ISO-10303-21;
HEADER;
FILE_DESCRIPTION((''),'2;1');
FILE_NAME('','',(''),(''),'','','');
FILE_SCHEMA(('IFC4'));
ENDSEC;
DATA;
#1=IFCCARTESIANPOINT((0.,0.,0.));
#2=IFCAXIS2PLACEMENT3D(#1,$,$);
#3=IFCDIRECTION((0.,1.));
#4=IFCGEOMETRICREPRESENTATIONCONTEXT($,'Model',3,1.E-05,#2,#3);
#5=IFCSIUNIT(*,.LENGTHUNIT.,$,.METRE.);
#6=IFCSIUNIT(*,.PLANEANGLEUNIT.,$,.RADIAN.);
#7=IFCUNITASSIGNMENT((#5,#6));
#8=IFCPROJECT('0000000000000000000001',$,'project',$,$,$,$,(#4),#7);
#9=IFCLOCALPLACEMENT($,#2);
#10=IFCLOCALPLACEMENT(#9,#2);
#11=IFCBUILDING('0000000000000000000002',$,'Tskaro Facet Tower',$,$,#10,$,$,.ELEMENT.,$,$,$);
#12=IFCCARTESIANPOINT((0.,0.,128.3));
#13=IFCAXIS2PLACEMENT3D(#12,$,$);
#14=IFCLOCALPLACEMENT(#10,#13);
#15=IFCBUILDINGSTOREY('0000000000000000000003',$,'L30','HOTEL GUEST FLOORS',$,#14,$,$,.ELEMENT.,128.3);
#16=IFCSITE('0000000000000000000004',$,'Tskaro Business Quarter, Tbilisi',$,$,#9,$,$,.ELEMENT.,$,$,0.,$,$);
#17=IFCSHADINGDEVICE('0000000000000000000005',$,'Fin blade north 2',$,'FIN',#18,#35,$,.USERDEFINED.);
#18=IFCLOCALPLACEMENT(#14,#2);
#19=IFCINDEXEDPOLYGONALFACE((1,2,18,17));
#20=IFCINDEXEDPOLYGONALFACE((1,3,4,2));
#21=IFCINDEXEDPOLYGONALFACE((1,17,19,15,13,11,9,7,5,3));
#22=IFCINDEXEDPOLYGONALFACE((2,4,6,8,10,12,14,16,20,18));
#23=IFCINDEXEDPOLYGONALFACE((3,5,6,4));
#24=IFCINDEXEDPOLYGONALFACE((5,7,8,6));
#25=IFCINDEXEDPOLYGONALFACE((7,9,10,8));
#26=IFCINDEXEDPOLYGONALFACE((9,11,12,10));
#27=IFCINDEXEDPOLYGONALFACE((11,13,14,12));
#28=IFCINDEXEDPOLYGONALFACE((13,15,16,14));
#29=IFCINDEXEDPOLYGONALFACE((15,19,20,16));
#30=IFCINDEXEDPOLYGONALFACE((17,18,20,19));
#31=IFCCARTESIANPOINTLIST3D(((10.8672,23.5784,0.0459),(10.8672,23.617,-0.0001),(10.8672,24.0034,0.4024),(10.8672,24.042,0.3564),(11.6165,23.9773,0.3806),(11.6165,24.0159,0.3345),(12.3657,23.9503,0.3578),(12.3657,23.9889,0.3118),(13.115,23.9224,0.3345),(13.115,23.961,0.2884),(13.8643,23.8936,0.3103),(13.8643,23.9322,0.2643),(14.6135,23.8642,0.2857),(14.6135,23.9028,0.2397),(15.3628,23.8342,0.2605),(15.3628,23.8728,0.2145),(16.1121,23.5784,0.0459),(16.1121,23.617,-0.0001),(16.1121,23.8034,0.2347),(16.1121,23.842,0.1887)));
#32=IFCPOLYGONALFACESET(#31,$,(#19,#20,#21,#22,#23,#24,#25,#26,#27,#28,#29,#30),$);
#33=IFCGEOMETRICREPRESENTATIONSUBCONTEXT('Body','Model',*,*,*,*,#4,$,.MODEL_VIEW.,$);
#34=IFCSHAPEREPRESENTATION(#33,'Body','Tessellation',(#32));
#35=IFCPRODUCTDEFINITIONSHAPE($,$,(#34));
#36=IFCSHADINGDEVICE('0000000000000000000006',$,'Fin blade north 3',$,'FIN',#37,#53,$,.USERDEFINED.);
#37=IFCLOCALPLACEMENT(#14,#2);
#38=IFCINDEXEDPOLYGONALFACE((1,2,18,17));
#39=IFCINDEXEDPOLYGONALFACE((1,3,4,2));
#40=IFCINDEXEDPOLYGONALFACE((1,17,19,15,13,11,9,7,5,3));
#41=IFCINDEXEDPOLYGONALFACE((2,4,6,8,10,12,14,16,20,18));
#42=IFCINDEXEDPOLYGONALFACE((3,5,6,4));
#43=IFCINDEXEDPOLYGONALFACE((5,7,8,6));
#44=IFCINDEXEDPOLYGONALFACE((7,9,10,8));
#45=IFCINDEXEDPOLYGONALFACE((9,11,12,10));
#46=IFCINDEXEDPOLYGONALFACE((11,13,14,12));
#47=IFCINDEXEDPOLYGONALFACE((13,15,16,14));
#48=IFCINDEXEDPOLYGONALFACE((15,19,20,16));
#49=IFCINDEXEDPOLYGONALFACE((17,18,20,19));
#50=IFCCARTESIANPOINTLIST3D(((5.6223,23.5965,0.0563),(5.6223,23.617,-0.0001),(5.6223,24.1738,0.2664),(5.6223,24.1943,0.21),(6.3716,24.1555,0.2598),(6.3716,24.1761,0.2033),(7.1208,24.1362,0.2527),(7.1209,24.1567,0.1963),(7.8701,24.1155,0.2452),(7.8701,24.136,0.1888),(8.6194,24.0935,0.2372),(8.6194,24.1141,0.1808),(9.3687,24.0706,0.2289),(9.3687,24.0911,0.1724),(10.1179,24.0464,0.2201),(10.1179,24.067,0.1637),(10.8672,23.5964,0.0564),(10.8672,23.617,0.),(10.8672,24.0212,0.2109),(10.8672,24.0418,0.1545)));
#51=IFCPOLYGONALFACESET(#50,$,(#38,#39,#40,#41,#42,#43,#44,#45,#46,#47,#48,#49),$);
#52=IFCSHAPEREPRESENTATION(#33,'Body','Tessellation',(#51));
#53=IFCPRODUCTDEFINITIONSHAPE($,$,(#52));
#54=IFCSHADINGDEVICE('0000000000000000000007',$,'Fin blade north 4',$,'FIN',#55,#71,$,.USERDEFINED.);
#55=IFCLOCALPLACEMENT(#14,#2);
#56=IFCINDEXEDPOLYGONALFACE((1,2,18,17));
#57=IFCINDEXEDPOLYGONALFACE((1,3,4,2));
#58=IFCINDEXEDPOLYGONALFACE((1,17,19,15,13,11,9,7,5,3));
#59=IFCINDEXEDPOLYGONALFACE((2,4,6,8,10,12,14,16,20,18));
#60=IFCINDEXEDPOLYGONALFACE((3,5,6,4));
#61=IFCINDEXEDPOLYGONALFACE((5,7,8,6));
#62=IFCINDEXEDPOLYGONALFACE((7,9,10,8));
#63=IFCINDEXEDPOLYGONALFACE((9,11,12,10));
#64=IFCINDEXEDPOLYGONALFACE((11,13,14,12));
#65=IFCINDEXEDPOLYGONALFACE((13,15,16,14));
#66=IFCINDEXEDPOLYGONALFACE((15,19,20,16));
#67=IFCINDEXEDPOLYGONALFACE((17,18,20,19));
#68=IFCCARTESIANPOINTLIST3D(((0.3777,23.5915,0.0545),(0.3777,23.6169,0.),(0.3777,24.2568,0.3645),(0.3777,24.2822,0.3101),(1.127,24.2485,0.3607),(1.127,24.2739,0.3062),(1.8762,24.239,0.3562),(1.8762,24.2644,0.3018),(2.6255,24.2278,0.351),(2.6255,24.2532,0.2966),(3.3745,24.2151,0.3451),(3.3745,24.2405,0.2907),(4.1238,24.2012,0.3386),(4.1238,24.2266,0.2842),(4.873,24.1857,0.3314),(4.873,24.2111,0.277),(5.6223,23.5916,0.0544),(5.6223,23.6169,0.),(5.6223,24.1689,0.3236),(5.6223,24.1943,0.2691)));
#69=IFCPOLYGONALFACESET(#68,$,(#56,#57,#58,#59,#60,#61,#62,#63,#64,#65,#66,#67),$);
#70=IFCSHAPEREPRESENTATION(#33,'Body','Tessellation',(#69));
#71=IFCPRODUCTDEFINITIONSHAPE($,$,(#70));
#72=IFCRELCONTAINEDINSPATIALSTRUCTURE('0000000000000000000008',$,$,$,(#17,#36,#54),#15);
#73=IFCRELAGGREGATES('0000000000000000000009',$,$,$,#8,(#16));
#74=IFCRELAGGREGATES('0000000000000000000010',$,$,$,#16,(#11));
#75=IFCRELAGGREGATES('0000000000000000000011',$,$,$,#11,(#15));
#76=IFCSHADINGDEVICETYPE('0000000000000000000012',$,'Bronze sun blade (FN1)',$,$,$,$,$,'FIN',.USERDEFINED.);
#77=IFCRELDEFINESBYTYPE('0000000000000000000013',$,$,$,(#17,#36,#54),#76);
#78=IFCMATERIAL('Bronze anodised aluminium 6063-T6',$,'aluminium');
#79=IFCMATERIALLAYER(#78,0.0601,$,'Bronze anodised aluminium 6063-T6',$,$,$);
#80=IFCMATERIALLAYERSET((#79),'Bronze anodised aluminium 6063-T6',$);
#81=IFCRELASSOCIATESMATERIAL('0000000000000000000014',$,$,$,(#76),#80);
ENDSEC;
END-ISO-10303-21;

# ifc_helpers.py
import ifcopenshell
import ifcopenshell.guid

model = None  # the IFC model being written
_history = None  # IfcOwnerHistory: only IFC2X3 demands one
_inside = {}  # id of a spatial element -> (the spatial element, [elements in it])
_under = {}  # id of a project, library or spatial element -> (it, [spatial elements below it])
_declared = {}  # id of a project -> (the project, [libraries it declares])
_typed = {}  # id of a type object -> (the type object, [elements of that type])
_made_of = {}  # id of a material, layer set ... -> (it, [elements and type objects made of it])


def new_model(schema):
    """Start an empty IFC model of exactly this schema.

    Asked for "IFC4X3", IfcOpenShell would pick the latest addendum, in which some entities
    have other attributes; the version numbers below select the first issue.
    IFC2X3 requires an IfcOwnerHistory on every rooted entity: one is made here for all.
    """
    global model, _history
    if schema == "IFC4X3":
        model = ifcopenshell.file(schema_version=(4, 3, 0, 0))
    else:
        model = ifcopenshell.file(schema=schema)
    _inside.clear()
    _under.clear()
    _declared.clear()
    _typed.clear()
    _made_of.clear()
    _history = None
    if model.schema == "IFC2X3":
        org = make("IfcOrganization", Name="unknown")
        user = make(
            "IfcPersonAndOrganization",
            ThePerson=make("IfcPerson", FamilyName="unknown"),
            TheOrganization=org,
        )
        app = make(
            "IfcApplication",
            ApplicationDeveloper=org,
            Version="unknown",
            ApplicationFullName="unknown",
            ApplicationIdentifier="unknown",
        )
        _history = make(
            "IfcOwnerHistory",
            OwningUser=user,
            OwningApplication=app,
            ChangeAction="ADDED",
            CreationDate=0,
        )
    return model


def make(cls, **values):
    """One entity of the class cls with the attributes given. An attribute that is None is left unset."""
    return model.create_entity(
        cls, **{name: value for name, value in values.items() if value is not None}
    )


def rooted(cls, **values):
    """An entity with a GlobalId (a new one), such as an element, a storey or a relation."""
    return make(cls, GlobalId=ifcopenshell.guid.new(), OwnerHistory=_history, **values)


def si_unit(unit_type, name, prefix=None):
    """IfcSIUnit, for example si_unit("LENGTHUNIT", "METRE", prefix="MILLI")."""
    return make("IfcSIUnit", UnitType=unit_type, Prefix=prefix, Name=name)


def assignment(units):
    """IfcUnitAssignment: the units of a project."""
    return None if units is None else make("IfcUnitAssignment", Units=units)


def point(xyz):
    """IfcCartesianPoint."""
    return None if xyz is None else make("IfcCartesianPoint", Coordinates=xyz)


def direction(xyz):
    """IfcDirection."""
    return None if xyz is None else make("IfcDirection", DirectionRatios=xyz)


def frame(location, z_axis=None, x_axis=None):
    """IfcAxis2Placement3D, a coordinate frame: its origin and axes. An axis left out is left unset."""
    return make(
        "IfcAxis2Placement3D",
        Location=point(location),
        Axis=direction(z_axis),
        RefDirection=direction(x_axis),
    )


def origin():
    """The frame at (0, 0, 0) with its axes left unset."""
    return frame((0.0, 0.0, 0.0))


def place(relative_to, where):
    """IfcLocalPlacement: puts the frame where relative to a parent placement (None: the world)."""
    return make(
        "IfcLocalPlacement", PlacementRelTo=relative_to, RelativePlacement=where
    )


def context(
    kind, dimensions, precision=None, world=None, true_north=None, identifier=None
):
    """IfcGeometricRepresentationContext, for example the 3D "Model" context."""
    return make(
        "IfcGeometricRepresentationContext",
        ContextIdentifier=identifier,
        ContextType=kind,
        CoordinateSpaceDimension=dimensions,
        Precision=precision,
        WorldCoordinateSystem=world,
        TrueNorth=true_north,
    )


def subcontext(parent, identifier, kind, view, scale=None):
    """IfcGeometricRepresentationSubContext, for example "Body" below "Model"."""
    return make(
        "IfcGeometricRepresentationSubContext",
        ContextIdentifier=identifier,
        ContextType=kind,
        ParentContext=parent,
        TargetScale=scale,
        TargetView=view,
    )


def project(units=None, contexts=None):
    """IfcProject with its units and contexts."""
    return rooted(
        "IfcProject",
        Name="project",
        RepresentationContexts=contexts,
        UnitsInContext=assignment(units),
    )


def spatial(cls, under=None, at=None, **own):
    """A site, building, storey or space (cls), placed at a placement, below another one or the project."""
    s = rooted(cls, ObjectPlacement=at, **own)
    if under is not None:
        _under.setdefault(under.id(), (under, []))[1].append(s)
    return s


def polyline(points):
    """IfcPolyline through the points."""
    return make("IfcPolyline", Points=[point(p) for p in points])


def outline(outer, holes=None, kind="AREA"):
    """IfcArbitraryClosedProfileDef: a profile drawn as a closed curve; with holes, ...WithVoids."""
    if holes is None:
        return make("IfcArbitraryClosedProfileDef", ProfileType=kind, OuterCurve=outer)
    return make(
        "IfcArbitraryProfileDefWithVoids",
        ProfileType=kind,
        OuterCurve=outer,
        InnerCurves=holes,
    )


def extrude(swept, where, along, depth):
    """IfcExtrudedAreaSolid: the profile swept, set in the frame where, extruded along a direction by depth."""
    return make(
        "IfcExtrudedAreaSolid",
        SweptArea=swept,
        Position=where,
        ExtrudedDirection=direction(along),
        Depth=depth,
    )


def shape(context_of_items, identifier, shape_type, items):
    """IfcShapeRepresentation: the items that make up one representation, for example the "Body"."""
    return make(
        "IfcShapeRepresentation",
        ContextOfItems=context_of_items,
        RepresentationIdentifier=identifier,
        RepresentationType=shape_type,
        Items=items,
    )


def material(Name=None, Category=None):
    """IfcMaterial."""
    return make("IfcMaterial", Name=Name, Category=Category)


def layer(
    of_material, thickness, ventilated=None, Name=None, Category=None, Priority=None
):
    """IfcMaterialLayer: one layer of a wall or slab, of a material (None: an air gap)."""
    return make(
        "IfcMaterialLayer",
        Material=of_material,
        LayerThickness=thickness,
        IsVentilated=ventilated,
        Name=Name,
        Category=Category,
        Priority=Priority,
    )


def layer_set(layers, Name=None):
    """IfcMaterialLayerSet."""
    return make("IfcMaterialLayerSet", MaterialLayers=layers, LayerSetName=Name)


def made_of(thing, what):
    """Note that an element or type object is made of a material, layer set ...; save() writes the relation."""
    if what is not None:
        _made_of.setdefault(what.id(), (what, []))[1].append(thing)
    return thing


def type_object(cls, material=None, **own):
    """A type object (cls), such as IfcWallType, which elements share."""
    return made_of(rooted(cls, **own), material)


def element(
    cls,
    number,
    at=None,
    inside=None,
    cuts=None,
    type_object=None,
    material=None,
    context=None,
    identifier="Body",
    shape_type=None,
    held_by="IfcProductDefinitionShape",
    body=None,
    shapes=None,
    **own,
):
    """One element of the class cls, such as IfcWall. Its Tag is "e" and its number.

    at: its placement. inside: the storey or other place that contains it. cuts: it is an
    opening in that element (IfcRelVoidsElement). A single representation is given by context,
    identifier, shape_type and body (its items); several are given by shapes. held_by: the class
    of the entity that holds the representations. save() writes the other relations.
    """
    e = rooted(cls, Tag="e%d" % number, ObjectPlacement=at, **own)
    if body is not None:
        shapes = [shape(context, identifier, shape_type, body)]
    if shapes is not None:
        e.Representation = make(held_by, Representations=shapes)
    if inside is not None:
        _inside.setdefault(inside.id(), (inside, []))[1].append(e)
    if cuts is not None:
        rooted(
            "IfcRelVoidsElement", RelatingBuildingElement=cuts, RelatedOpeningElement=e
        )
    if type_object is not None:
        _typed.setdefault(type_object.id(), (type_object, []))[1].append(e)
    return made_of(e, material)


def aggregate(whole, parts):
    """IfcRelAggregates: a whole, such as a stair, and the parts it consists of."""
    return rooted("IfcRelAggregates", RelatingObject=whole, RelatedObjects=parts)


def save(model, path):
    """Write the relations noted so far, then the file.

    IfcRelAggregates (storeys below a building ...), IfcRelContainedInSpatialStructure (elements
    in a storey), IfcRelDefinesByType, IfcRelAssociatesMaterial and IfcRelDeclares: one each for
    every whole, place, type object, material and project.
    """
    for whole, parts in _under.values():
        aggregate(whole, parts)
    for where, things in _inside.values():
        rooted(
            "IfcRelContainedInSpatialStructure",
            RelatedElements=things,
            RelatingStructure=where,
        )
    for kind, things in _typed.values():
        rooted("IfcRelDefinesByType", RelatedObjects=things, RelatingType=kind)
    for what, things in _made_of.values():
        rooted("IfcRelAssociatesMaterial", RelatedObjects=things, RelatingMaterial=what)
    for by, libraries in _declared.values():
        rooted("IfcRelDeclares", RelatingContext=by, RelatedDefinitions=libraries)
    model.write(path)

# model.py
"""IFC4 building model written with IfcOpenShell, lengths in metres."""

from ifc_helpers import new_model, si_unit, direction, frame, origin, place, context, subcontext, project, spatial, polyline, outline, extrude, material, layer, layer_set, type_object, element, save


model = new_model("IFC4")

# Units and contexts
model_context = context("Model", 3, precision=1e-05, world=origin(), true_north=direction((0.0, 1.0)))
body_context = subcontext(model_context, "Body", "Model", "MODEL_VIEW")
ifc_project = project(units=[si_unit("LENGTHUNIT", "METRE"), si_unit("PLANEANGLEUNIT", "RADIAN")], contexts=[model_context])

# Site, building, storey
site_placement = place(None, origin())
site = spatial("IfcSite", under=ifc_project, at=site_placement, Name="Tskaro Business Quarter, Tbilisi", CompositionType="ELEMENT", RefElevation=0.0)
building_placement = place(site_placement, origin())
building = spatial("IfcBuilding", under=site, at=building_placement, Name="Tskaro Facet Tower", CompositionType="ELEMENT")
storey_placement = place(building_placement, frame((0.0, 0.0, 128.3)))
storey = spatial("IfcBuildingStorey", under=building, at=storey_placement, Name="L30", Description="HOTEL GUEST FLOORS", CompositionType="ELEMENT", Elevation=128.3)

# Shared definitions
ifc_material_1 = material(Name="Bronze anodised aluminium 6063-T6", Category="aluminium")

# Shading devices
ifc_layer_1 = layer(ifc_material_1, 0.0601, Name="Bronze anodised aluminium 6063-T6")
ifc_layer_set_1 = layer_set([ifc_layer_1], Name="Bronze anodised aluminium 6063-T6")
shading_device_type = type_object("IfcShadingDeviceType", Name="Bronze sun blade (FN1)", ElementType="FIN", PredefinedType="USERDEFINED", material=ifc_layer_set_1)
shading_device_1_placement = place(storey_placement, frame((16.1121, 23.5784, 0.0459), z_axis=(-0.000005, -0.642676, 0.766138), x_axis=(-1.0, 0.000003, -0.000004)))
element("IfcShadingDevice", 1, at=shading_device_1_placement, inside=storey, type_object=shading_device_type, Name="Fin blade north 2", ObjectType="FIN", PredefinedType="USERDEFINED", context=body_context, shape_type="SweptSolid", body=[
    extrude(outline(polyline([(0.0, 0.0), (5.2449, 0.0), (5.2449, -0.5547), (4.4956, -0.5207), (3.7463, -0.4854), (2.9971, -0.449), (2.2478, -0.4114), (1.4985, -0.3731), (0.7493, -0.3339), (0.0, -0.2937), (0.0, 0.0)])), origin(), (0.0, 0.0, -1.0), 0.0601),
])
shading_device_2_placement = place(storey_placement, frame((10.8672, 23.5964, 0.0564), z_axis=(-0.00001, -0.341891, 0.939739), x_axis=(-1.0, 0.000003, -0.00001)))
element("IfcShadingDevice", 2, at=shading_device_2_placement, inside=storey, type_object=shading_device_type, Name="Fin blade north 3", ObjectType="FIN", PredefinedType="USERDEFINED", context=body_context, shape_type="SweptSolid", body=[
    extrude(outline(polyline([(0.0, 0.0), (5.2449, 0.0), (5.2449, -0.6144), (4.4956, -0.5949), (3.7463, -0.5744), (2.9971, -0.5523), (2.2478, -0.529), (1.4985, -0.5046), (0.7493, -0.4788), (0.0, -0.452), (0.0, 0.0)])), origin(), (0.0, 0.0, -1.0), 0.0601),
])
shading_device_3_placement = place(storey_placement, frame((5.6223, 23.5916, 0.0544), z_axis=(0.000004, -0.422463, 0.90638), x_axis=(-1.0, -0.000002, 0.000003)))
element("IfcShadingDevice", 3, at=shading_device_3_placement, inside=storey, type_object=shading_device_type, Name="Fin blade north 4", ObjectType="FIN", PredefinedType="USERDEFINED", context=body_context, shape_type="SweptSolid", body=[
    extrude(outline(polyline([(0.0, 0.0), (5.2446, 0.0), (5.2446, -0.734), (4.4954, -0.7248), (3.7461, -0.7143), (2.9968, -0.702), (2.2478, -0.688), (1.4985, -0.6726), (0.7493, -0.6556), (0.0, -0.637), (0.0, 0.0)])), origin(), (0.0, 0.0, -1.0), 0.0601),
])

save(model, "model.ifc")
